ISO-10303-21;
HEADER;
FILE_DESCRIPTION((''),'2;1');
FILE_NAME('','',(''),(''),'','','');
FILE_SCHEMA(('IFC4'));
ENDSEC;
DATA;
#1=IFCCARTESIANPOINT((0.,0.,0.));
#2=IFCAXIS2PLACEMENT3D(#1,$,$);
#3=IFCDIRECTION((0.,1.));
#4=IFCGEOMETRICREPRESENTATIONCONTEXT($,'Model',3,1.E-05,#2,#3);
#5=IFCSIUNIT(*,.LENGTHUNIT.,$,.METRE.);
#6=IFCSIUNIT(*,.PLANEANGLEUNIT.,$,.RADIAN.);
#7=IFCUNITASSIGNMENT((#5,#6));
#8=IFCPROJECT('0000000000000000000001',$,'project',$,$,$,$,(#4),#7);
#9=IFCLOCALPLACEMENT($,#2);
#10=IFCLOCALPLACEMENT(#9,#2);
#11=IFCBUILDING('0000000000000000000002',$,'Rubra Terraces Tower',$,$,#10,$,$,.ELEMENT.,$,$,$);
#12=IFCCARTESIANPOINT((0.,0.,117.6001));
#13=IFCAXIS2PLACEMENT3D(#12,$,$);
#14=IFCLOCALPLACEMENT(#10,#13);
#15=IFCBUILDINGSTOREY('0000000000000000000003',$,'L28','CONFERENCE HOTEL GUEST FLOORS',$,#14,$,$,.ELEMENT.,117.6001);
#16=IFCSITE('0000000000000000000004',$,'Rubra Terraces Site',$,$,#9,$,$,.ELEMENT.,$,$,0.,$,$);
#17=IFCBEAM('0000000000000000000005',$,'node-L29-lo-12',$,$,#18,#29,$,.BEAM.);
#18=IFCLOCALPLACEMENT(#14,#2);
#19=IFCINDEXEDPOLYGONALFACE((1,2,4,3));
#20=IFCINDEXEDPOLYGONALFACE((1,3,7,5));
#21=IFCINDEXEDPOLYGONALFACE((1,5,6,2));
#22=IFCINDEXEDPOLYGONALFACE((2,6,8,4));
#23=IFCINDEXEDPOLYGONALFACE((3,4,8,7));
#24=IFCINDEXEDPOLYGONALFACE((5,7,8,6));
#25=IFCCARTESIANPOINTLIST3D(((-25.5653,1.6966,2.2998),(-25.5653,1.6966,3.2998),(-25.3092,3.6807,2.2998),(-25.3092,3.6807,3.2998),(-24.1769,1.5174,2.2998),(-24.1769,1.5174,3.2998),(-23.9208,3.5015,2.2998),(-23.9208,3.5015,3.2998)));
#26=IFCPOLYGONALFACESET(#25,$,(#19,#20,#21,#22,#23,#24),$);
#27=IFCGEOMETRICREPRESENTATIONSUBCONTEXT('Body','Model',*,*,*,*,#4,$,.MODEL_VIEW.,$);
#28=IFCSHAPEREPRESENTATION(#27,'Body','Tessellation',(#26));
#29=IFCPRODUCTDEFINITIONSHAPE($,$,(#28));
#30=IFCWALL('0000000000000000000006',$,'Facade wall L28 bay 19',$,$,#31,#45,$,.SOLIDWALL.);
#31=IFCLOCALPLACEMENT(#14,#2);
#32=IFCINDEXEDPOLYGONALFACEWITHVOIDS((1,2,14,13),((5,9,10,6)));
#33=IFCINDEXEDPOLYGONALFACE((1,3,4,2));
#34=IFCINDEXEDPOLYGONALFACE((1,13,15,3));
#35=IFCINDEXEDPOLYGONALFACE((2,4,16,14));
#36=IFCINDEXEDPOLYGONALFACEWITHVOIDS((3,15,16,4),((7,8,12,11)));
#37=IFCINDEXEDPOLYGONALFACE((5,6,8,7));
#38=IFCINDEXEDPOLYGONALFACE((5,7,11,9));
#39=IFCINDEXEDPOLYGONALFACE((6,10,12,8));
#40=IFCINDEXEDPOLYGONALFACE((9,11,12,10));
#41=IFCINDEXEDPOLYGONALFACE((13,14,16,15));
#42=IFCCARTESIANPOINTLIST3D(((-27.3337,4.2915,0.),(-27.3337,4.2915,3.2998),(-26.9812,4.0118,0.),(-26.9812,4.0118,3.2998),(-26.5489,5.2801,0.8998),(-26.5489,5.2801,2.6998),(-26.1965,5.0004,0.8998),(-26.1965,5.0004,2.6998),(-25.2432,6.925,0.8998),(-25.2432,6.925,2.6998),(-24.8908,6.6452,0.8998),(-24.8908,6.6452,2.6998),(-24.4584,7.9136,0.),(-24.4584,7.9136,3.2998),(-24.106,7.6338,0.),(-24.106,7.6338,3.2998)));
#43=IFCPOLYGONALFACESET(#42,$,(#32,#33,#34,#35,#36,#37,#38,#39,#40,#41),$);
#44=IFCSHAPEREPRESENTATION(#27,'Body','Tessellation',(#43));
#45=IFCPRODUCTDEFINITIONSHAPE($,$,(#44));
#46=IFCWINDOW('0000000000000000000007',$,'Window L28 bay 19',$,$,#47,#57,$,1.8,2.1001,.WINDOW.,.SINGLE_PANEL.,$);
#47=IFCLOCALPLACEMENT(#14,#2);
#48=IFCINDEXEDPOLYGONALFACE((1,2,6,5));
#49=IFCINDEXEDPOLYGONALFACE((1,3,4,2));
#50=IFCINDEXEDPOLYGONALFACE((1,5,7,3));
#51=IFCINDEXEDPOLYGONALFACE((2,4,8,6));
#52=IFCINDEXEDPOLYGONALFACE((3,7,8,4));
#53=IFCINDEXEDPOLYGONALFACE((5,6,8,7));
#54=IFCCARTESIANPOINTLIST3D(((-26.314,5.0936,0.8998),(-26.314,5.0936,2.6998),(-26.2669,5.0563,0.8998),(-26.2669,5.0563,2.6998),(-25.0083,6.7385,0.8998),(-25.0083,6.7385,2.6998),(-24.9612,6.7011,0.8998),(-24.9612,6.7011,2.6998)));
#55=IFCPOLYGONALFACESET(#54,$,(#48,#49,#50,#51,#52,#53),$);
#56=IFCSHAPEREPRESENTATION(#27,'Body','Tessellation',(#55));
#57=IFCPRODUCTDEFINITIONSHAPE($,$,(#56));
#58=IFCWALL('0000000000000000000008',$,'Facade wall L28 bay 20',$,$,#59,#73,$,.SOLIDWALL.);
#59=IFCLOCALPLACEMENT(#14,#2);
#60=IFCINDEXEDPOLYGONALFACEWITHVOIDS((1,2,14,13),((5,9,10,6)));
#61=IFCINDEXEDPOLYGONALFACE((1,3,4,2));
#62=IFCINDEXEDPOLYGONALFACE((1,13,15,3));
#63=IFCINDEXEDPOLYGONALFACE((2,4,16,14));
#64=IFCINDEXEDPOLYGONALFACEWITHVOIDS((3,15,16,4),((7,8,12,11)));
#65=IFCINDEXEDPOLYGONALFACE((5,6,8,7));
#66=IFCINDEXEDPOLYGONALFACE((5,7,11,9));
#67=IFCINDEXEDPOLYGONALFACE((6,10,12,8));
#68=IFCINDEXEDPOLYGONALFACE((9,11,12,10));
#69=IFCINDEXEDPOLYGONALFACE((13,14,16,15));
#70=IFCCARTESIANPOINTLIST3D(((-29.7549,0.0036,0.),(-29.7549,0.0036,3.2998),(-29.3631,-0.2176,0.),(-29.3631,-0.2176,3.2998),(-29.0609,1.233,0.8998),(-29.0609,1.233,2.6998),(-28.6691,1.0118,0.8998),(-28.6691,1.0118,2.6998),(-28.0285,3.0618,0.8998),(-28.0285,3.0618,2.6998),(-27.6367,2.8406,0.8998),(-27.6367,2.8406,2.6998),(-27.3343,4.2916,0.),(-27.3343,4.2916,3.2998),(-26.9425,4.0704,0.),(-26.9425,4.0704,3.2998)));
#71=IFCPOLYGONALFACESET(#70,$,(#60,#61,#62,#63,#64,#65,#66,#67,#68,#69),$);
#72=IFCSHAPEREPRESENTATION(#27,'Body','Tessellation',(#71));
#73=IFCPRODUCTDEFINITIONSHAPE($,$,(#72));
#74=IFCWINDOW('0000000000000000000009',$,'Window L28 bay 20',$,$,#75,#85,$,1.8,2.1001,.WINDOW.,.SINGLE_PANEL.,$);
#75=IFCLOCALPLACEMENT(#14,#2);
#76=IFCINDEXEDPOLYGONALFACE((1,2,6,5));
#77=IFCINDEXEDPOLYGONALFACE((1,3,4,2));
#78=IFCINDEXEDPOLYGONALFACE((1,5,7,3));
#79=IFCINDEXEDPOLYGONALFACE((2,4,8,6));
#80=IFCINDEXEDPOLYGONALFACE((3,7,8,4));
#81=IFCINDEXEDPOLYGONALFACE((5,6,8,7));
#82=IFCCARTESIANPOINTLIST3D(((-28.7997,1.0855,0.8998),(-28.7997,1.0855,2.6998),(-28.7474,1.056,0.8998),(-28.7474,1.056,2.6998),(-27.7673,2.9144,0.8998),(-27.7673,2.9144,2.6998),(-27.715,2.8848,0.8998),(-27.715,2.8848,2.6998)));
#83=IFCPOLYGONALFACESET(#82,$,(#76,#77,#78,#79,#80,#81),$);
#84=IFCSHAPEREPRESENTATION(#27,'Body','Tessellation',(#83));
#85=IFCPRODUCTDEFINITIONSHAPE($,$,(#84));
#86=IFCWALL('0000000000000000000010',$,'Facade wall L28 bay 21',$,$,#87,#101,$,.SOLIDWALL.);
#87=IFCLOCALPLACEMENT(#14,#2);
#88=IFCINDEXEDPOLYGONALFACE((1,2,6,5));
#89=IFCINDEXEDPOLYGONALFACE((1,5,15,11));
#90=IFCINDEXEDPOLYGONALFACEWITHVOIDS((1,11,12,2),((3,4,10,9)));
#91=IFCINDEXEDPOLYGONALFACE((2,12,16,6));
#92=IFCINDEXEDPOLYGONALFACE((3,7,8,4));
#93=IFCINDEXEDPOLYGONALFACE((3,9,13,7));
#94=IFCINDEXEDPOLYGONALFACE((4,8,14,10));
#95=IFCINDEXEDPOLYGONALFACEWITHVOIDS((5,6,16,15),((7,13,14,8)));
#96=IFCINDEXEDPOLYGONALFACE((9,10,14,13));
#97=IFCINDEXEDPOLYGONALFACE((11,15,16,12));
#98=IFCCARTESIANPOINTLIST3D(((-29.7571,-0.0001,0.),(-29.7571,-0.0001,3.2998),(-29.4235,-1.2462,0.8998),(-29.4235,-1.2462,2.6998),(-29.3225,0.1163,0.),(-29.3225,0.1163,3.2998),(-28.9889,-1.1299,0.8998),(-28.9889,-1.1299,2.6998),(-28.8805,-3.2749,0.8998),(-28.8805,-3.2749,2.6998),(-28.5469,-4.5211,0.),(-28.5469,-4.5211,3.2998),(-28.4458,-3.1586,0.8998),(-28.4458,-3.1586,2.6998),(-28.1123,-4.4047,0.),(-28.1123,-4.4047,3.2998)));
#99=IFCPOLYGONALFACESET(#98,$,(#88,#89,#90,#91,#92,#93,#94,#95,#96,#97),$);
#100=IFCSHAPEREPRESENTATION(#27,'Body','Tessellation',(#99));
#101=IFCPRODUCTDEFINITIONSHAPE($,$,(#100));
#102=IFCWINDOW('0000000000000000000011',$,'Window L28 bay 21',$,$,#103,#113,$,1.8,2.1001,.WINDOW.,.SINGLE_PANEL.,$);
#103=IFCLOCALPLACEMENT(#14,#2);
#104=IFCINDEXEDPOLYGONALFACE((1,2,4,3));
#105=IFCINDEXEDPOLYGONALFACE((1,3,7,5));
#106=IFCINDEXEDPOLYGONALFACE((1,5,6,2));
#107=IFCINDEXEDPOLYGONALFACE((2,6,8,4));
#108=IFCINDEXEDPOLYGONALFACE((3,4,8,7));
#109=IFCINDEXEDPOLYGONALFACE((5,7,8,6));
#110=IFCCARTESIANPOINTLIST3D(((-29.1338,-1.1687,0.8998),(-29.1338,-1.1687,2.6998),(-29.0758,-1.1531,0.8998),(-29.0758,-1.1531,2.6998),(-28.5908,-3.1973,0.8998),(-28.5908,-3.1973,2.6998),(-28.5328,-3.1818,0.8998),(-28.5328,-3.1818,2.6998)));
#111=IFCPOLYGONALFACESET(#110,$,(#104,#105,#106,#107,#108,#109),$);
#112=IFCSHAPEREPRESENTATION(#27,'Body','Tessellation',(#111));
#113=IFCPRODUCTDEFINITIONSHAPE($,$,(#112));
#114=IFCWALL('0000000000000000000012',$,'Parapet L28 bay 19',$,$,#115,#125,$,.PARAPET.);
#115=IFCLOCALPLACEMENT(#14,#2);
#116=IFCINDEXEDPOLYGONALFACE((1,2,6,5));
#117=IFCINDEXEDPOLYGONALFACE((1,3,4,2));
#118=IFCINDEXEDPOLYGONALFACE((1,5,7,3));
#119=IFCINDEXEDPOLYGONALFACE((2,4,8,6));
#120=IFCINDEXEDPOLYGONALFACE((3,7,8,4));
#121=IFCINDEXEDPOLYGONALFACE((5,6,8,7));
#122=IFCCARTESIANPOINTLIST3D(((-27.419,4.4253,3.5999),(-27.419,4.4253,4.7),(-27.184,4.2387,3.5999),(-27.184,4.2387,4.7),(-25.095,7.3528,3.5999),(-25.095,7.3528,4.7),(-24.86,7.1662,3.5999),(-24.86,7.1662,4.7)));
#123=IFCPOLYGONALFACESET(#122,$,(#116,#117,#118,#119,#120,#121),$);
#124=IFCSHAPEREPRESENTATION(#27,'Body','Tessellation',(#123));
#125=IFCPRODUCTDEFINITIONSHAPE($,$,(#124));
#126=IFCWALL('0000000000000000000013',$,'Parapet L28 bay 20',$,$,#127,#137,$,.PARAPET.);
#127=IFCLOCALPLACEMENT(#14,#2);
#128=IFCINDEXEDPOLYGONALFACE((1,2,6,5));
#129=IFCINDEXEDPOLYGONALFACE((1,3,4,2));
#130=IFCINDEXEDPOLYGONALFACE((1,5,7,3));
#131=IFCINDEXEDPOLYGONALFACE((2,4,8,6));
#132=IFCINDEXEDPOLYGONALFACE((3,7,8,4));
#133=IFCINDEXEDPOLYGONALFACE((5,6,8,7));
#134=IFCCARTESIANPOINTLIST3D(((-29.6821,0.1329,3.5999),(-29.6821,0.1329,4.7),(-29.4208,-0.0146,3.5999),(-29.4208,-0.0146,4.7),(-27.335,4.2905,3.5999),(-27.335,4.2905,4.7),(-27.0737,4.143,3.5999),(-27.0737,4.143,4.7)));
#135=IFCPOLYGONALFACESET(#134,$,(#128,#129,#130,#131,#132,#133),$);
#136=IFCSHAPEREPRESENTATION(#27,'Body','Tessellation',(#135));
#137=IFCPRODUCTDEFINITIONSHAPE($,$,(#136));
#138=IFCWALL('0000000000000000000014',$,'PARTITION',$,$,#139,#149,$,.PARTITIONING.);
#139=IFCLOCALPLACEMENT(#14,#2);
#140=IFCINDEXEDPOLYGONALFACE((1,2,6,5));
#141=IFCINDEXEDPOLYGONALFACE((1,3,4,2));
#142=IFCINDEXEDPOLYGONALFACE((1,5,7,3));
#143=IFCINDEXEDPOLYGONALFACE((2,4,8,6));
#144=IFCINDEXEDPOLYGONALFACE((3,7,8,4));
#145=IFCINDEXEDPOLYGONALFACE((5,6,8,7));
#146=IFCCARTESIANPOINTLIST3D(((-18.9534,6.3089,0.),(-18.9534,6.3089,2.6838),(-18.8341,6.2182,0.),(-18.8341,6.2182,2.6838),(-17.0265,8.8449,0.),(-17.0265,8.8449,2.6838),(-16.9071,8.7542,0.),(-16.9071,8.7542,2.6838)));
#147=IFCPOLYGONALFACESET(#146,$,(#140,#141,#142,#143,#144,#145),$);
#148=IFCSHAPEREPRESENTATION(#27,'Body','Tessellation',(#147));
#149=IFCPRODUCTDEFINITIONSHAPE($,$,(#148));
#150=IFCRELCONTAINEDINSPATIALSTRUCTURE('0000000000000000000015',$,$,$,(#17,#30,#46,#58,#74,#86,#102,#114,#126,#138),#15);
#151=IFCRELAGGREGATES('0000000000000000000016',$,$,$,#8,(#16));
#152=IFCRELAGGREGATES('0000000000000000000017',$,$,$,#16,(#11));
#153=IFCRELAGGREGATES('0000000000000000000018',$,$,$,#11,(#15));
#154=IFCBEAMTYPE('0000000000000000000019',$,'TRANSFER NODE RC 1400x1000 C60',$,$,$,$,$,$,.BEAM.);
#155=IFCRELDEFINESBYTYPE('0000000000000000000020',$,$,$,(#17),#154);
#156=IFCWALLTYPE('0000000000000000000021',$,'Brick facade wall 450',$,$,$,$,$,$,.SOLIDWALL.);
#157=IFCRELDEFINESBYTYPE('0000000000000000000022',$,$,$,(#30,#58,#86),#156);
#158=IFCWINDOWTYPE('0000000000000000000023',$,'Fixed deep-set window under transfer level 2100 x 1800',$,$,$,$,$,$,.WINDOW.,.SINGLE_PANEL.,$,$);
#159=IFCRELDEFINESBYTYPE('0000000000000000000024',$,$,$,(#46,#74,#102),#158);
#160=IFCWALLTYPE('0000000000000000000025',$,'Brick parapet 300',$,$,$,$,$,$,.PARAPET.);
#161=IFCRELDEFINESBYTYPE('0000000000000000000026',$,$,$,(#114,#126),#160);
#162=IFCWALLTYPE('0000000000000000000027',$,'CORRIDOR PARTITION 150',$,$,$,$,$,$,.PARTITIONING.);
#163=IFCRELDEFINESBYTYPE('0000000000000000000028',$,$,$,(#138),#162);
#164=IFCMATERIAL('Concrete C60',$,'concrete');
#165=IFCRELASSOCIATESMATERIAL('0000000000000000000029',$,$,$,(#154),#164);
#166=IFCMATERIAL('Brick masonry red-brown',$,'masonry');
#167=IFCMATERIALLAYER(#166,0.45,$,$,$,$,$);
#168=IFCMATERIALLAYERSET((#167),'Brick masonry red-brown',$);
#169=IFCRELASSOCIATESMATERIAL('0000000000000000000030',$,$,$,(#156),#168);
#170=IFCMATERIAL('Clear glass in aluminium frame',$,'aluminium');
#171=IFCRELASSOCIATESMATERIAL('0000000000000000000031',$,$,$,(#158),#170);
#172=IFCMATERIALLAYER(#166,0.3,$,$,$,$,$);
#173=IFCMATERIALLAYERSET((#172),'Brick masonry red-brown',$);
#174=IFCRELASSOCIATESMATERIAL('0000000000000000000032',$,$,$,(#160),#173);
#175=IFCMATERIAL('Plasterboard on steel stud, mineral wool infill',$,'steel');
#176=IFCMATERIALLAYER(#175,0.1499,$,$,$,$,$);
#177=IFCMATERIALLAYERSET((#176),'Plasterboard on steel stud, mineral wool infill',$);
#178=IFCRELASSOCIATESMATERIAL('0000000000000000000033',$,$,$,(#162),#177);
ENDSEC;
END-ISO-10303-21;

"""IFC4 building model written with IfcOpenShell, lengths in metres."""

from ifc_helpers import new_model, si_unit, direction, frame, frame_2d, origin, origin_2d, place, context, subcontext, project, spatial, rectangle, extrude, material, layer, layer_set, material_profile, profile_set, type_object, element, fill, save


model = new_model("IFC4")

# Units and contexts
model_context = context("Model", 3, precision=1e-05, world=origin(), true_north=direction((0.0, 1.0)))
body_context = subcontext(model_context, "Body", "Model", "MODEL_VIEW")
ifc_project = project(units=[si_unit("LENGTHUNIT", "METRE"), si_unit("PLANEANGLEUNIT", "RADIAN")], contexts=[model_context])

# Site, building, storey
site_placement = place(None, origin())
site = spatial("IfcSite", under=ifc_project, at=site_placement, Name="Rubra Terraces Site", CompositionType="ELEMENT", RefElevation=0.0)
building_placement = place(site_placement, origin())
building = spatial("IfcBuilding", under=site, at=building_placement, Name="Rubra Terraces Tower", CompositionType="ELEMENT")
storey_placement = place(building_placement, frame((0.0, 0.0, 117.6001)))
storey = spatial("IfcBuildingStorey", under=building, at=storey_placement, Name="L28", Description="CONFERENCE HOTEL GUEST FLOORS", CompositionType="ELEMENT", Elevation=117.6001)

# Shared definitions
ifc_material_1 = material(Name="Concrete C60", Category="concrete")

# Beam
ifc_material_profile_1 = material_profile(ifc_material_1, rectangle(XDim=1.3999, YDim=1.0, at=origin_2d()), Name="RC 1400x1000")
ifc_profile_set_1 = profile_set([ifc_material_profile_1], Name="Concrete C60")
beam_type_1 = type_object("IfcBeamType", Name="TRANSFER NODE RC 1400x1000 C60", PredefinedType="BEAM", material=ifc_profile_set_1)
beam_1_placement = place(storey_placement, frame((-24.615, 3.5911, 2.7998), z_axis=(-0.128014, -0.991772, 0.0), x_axis=(0.991772, -0.128014, 0.0)))
element("IfcBeam", 1, at=beam_1_placement, inside=storey, type_object=beam_type_1, Name="node-L29-lo-12", PredefinedType="BEAM", context=body_context, shape_type="SweptSolid", body=[
    extrude(rectangle(XDim=1.3999, YDim=1.0, at=origin_2d()), origin(), (0.0, 0.0, 1.0), 2.0005),
])

# Walls, openings, windows
ifc_material_2 = material(Name="Brick masonry red-brown", Category="masonry")
ifc_layer_1 = layer(ifc_material_2, 0.45)
ifc_layer_set_1 = layer_set([ifc_layer_1], Name="Brick masonry red-brown")
wall_type_1 = type_object("IfcWallType", Name="Brick facade wall 450", PredefinedType="SOLIDWALL", material=ifc_layer_set_1)
wall_1_placement = place(storey_placement, frame((-24.2822, 7.7737, 0.0), z_axis=(0.0, 0.0, 1.0), x_axis=(-0.621735, -0.783227, 0.0)))
wall_1 = element("IfcWall", 2, at=wall_1_placement, inside=storey, type_object=wall_type_1, Name="Facade wall L28 bay 19", PredefinedType="SOLIDWALL", context=body_context, shape_type="SweptSolid", body=[
    extrude(rectangle(XDim=4.6245, YDim=0.45, at=frame_2d((2.3123, 0.0))), origin(), (0.0, 0.0, 1.0), 3.2998),
])
opening_1_placement = place(wall_1_placement, frame((1.2622, 0.0, 0.8999)))
opening_1 = element("IfcOpeningElement", 3, at=opening_1_placement, cuts=wall_1, PredefinedType="OPENING", context=body_context, shape_type="SweptSolid", body=[
    extrude(rectangle(XDim=2.1001, YDim=1.8, at=frame_2d((1.05, 0.8999))), frame((0.0, 0.2349, 0.0), z_axis=(0.0, -1.0, 0.0), x_axis=(1.0, 0.0, 0.0)), (0.0, 0.0, 1.0), 0.47),
])
ifc_material_3 = material(Name="Clear glass in aluminium frame", Category="aluminium")
window_type = type_object("IfcWindowType", Name="Fixed deep-set window under transfer level 2100 x 1800", PartitioningType="SINGLE_PANEL", PredefinedType="WINDOW", material=ifc_material_3)
window_1_placement = place(opening_1_placement, origin())
window_1 = element("IfcWindow", 4, at=window_1_placement, inside=storey, type_object=window_type, Name="Window L28 bay 19", OverallHeight=1.8, OverallWidth=2.1001, PartitioningType="SINGLE_PANEL", PredefinedType="WINDOW", context=body_context, shape_type="SweptSolid", body=[
    extrude(rectangle(XDim=2.1001, YDim=1.8, at=frame_2d((1.05, 0.8999))), frame((0.0, 0.135, 0.0), z_axis=(0.0, -1.0, 0.0), x_axis=(1.0, 0.0, 0.0)), (0.0, 0.0, 1.0), 0.0601),
])
fill(opening_1, window_1)
wall_2_placement = place(storey_placement, frame((-27.1384, 4.1809, 0.0), z_axis=(0.0, 0.0, 1.0), x_axis=(-0.491588, -0.870828, 0.0)))
wall_2 = element("IfcWall", 5, at=wall_2_placement, inside=storey, type_object=wall_type_1, Name="Facade wall L28 bay 20", PredefinedType="SOLIDWALL", context=body_context, shape_type="SweptSolid", body=[
    extrude(rectangle(XDim=4.9241, YDim=0.45, at=frame_2d((2.4619, 0.0))), origin(), (0.0, 0.0, 1.0), 3.2998),
])
opening_2_placement = place(wall_2_placement, frame((1.4121, 0.0, 0.8999)))
opening_2 = element("IfcOpeningElement", 6, at=opening_2_placement, cuts=wall_2, PredefinedType="OPENING", context=body_context, shape_type="SweptSolid", body=[
    extrude(rectangle(XDim=2.1001, YDim=1.8, at=frame_2d((1.05, 0.8999))), frame((0.0, 0.2349, 0.0), z_axis=(0.0, -1.0, 0.0), x_axis=(1.0, 0.0, 0.0)), (0.0, 0.0, 1.0), 0.47),
])
window_2_placement = place(opening_2_placement, origin())
window_2 = element("IfcWindow", 7, at=window_2_placement, inside=storey, type_object=window_type, Name="Window L28 bay 20", OverallHeight=1.8, OverallWidth=2.1001, PartitioningType="SINGLE_PANEL", PredefinedType="WINDOW", context=body_context, shape_type="SweptSolid", body=[
    extrude(rectangle(XDim=2.1001, YDim=1.8, at=frame_2d((1.05, 0.8999))), frame((0.0, 0.135, 0.0), z_axis=(0.0, -1.0, 0.0), x_axis=(1.0, 0.0, 0.0)), (0.0, 0.0, 1.0), 0.0601),
])
fill(opening_2, window_2)
wall_3_placement = place(storey_placement, frame((-29.5398, 0.0581, 0.0), z_axis=(0.0, 0.0, 1.0), x_axis=(0.258581, -0.965989, 0.0)))
wall_3 = element("IfcWall", 8, at=wall_3_placement, inside=storey, type_object=wall_type_1, Name="Facade wall L28 bay 21", PredefinedType="SOLIDWALL", context=body_context, shape_type="SweptSolid", body=[
    extrude(rectangle(XDim=4.6802, YDim=0.45, at=frame_2d((2.3401, 0.0))), origin(), (0.0, 0.0, 1.0), 3.2998),
])
opening_3_placement = place(wall_3_placement, frame((1.29, 0.0, 0.8999)))
opening_3 = element("IfcOpeningElement", 9, at=opening_3_placement, cuts=wall_3, PredefinedType="OPENING", context=body_context, shape_type="SweptSolid", body=[
    extrude(rectangle(XDim=2.1001, YDim=1.8, at=frame_2d((1.05, 0.8999))), frame((0.0, 0.2349, 0.0), z_axis=(0.0, -1.0, 0.0), x_axis=(1.0, 0.0, 0.0)), (0.0, 0.0, 1.0), 0.47),
])
window_3_placement = place(opening_3_placement, origin())
window_3 = element("IfcWindow", 10, at=window_3_placement, inside=storey, type_object=window_type, Name="Window L28 bay 21", OverallHeight=1.8, OverallWidth=2.1001, PartitioningType="SINGLE_PANEL", PredefinedType="WINDOW", context=body_context, shape_type="SweptSolid", body=[
    extrude(rectangle(XDim=2.1001, YDim=1.8, at=frame_2d((1.05, 0.8999))), frame((0.0, 0.135, 0.0), z_axis=(0.0, -1.0, 0.0), x_axis=(1.0, 0.0, 0.0)), (0.0, 0.0, 1.0), 0.0601),
])
fill(opening_3, window_3)

# Walls
ifc_layer_2 = layer(ifc_material_2, 0.3)
ifc_layer_set_2 = layer_set([ifc_layer_2], Name="Brick masonry red-brown")
wall_type_2 = type_object("IfcWallType", Name="Brick parapet 300", PredefinedType="PARAPET", material=ifc_layer_set_2)
wall_4_placement = place(storey_placement, frame((-24.9775, 7.2595, 3.5999), z_axis=(0.0, 0.0, 1.0), x_axis=(-0.621751, -0.783215, 0.0)))
element("IfcWall", 11, at=wall_4_placement, inside=storey, type_object=wall_type_2, Name="Parapet L28 bay 19", PredefinedType="PARAPET", context=body_context, shape_type="SweptSolid", body=[
    extrude(rectangle(XDim=3.7378, YDim=0.3, at=frame_2d((1.8689, 0.0))), origin(), (0.0, 0.0, 1.0), 1.1001),
])
wall_5_placement = place(storey_placement, frame((-27.2043, 4.2168, 3.5999), z_axis=(0.0, 0.0, 1.0), x_axis=(-0.491606, -0.870818, 0.0)))
element("IfcWall", 12, at=wall_5_placement, inside=storey, type_object=wall_type_2, Name="Parapet L28 bay 20", PredefinedType="PARAPET", context=body_context, shape_type="SweptSolid", body=[
    extrude(rectangle(XDim=4.7744, YDim=0.3, at=frame_2d((2.3872, 0.0))), origin(), (0.0, 0.0, 1.0), 1.1001),
])
ifc_material_4 = material(Name="Plasterboard on steel stud, mineral wool infill", Category="steel")
ifc_layer_3 = layer(ifc_material_4, 0.1499)
ifc_layer_set_3 = layer_set([ifc_layer_3], Name="Plasterboard on steel stud, mineral wool infill")
wall_type_3 = type_object("IfcWallType", Name="CORRIDOR PARTITION 150", PredefinedType="PARTITIONING", material=ifc_layer_set_3)
wall_6_placement = place(storey_placement, frame((-16.9668, 8.7996, 0.0), z_axis=(0.0, 0.0, 1.0), x_axis=(-0.604992, -0.796232, 0.0)))
element("IfcWall", 13, at=wall_6_placement, inside=storey, type_object=wall_type_3, Name="PARTITION", PredefinedType="PARTITIONING", context=body_context, shape_type="SweptSolid", body=[
    extrude(rectangle(XDim=3.1851, YDim=0.1499, at=frame_2d((1.5925, 0.0))), origin(), (0.0, 0.0, 1.0), 2.6838),
])

save(model, "model.ifc")
